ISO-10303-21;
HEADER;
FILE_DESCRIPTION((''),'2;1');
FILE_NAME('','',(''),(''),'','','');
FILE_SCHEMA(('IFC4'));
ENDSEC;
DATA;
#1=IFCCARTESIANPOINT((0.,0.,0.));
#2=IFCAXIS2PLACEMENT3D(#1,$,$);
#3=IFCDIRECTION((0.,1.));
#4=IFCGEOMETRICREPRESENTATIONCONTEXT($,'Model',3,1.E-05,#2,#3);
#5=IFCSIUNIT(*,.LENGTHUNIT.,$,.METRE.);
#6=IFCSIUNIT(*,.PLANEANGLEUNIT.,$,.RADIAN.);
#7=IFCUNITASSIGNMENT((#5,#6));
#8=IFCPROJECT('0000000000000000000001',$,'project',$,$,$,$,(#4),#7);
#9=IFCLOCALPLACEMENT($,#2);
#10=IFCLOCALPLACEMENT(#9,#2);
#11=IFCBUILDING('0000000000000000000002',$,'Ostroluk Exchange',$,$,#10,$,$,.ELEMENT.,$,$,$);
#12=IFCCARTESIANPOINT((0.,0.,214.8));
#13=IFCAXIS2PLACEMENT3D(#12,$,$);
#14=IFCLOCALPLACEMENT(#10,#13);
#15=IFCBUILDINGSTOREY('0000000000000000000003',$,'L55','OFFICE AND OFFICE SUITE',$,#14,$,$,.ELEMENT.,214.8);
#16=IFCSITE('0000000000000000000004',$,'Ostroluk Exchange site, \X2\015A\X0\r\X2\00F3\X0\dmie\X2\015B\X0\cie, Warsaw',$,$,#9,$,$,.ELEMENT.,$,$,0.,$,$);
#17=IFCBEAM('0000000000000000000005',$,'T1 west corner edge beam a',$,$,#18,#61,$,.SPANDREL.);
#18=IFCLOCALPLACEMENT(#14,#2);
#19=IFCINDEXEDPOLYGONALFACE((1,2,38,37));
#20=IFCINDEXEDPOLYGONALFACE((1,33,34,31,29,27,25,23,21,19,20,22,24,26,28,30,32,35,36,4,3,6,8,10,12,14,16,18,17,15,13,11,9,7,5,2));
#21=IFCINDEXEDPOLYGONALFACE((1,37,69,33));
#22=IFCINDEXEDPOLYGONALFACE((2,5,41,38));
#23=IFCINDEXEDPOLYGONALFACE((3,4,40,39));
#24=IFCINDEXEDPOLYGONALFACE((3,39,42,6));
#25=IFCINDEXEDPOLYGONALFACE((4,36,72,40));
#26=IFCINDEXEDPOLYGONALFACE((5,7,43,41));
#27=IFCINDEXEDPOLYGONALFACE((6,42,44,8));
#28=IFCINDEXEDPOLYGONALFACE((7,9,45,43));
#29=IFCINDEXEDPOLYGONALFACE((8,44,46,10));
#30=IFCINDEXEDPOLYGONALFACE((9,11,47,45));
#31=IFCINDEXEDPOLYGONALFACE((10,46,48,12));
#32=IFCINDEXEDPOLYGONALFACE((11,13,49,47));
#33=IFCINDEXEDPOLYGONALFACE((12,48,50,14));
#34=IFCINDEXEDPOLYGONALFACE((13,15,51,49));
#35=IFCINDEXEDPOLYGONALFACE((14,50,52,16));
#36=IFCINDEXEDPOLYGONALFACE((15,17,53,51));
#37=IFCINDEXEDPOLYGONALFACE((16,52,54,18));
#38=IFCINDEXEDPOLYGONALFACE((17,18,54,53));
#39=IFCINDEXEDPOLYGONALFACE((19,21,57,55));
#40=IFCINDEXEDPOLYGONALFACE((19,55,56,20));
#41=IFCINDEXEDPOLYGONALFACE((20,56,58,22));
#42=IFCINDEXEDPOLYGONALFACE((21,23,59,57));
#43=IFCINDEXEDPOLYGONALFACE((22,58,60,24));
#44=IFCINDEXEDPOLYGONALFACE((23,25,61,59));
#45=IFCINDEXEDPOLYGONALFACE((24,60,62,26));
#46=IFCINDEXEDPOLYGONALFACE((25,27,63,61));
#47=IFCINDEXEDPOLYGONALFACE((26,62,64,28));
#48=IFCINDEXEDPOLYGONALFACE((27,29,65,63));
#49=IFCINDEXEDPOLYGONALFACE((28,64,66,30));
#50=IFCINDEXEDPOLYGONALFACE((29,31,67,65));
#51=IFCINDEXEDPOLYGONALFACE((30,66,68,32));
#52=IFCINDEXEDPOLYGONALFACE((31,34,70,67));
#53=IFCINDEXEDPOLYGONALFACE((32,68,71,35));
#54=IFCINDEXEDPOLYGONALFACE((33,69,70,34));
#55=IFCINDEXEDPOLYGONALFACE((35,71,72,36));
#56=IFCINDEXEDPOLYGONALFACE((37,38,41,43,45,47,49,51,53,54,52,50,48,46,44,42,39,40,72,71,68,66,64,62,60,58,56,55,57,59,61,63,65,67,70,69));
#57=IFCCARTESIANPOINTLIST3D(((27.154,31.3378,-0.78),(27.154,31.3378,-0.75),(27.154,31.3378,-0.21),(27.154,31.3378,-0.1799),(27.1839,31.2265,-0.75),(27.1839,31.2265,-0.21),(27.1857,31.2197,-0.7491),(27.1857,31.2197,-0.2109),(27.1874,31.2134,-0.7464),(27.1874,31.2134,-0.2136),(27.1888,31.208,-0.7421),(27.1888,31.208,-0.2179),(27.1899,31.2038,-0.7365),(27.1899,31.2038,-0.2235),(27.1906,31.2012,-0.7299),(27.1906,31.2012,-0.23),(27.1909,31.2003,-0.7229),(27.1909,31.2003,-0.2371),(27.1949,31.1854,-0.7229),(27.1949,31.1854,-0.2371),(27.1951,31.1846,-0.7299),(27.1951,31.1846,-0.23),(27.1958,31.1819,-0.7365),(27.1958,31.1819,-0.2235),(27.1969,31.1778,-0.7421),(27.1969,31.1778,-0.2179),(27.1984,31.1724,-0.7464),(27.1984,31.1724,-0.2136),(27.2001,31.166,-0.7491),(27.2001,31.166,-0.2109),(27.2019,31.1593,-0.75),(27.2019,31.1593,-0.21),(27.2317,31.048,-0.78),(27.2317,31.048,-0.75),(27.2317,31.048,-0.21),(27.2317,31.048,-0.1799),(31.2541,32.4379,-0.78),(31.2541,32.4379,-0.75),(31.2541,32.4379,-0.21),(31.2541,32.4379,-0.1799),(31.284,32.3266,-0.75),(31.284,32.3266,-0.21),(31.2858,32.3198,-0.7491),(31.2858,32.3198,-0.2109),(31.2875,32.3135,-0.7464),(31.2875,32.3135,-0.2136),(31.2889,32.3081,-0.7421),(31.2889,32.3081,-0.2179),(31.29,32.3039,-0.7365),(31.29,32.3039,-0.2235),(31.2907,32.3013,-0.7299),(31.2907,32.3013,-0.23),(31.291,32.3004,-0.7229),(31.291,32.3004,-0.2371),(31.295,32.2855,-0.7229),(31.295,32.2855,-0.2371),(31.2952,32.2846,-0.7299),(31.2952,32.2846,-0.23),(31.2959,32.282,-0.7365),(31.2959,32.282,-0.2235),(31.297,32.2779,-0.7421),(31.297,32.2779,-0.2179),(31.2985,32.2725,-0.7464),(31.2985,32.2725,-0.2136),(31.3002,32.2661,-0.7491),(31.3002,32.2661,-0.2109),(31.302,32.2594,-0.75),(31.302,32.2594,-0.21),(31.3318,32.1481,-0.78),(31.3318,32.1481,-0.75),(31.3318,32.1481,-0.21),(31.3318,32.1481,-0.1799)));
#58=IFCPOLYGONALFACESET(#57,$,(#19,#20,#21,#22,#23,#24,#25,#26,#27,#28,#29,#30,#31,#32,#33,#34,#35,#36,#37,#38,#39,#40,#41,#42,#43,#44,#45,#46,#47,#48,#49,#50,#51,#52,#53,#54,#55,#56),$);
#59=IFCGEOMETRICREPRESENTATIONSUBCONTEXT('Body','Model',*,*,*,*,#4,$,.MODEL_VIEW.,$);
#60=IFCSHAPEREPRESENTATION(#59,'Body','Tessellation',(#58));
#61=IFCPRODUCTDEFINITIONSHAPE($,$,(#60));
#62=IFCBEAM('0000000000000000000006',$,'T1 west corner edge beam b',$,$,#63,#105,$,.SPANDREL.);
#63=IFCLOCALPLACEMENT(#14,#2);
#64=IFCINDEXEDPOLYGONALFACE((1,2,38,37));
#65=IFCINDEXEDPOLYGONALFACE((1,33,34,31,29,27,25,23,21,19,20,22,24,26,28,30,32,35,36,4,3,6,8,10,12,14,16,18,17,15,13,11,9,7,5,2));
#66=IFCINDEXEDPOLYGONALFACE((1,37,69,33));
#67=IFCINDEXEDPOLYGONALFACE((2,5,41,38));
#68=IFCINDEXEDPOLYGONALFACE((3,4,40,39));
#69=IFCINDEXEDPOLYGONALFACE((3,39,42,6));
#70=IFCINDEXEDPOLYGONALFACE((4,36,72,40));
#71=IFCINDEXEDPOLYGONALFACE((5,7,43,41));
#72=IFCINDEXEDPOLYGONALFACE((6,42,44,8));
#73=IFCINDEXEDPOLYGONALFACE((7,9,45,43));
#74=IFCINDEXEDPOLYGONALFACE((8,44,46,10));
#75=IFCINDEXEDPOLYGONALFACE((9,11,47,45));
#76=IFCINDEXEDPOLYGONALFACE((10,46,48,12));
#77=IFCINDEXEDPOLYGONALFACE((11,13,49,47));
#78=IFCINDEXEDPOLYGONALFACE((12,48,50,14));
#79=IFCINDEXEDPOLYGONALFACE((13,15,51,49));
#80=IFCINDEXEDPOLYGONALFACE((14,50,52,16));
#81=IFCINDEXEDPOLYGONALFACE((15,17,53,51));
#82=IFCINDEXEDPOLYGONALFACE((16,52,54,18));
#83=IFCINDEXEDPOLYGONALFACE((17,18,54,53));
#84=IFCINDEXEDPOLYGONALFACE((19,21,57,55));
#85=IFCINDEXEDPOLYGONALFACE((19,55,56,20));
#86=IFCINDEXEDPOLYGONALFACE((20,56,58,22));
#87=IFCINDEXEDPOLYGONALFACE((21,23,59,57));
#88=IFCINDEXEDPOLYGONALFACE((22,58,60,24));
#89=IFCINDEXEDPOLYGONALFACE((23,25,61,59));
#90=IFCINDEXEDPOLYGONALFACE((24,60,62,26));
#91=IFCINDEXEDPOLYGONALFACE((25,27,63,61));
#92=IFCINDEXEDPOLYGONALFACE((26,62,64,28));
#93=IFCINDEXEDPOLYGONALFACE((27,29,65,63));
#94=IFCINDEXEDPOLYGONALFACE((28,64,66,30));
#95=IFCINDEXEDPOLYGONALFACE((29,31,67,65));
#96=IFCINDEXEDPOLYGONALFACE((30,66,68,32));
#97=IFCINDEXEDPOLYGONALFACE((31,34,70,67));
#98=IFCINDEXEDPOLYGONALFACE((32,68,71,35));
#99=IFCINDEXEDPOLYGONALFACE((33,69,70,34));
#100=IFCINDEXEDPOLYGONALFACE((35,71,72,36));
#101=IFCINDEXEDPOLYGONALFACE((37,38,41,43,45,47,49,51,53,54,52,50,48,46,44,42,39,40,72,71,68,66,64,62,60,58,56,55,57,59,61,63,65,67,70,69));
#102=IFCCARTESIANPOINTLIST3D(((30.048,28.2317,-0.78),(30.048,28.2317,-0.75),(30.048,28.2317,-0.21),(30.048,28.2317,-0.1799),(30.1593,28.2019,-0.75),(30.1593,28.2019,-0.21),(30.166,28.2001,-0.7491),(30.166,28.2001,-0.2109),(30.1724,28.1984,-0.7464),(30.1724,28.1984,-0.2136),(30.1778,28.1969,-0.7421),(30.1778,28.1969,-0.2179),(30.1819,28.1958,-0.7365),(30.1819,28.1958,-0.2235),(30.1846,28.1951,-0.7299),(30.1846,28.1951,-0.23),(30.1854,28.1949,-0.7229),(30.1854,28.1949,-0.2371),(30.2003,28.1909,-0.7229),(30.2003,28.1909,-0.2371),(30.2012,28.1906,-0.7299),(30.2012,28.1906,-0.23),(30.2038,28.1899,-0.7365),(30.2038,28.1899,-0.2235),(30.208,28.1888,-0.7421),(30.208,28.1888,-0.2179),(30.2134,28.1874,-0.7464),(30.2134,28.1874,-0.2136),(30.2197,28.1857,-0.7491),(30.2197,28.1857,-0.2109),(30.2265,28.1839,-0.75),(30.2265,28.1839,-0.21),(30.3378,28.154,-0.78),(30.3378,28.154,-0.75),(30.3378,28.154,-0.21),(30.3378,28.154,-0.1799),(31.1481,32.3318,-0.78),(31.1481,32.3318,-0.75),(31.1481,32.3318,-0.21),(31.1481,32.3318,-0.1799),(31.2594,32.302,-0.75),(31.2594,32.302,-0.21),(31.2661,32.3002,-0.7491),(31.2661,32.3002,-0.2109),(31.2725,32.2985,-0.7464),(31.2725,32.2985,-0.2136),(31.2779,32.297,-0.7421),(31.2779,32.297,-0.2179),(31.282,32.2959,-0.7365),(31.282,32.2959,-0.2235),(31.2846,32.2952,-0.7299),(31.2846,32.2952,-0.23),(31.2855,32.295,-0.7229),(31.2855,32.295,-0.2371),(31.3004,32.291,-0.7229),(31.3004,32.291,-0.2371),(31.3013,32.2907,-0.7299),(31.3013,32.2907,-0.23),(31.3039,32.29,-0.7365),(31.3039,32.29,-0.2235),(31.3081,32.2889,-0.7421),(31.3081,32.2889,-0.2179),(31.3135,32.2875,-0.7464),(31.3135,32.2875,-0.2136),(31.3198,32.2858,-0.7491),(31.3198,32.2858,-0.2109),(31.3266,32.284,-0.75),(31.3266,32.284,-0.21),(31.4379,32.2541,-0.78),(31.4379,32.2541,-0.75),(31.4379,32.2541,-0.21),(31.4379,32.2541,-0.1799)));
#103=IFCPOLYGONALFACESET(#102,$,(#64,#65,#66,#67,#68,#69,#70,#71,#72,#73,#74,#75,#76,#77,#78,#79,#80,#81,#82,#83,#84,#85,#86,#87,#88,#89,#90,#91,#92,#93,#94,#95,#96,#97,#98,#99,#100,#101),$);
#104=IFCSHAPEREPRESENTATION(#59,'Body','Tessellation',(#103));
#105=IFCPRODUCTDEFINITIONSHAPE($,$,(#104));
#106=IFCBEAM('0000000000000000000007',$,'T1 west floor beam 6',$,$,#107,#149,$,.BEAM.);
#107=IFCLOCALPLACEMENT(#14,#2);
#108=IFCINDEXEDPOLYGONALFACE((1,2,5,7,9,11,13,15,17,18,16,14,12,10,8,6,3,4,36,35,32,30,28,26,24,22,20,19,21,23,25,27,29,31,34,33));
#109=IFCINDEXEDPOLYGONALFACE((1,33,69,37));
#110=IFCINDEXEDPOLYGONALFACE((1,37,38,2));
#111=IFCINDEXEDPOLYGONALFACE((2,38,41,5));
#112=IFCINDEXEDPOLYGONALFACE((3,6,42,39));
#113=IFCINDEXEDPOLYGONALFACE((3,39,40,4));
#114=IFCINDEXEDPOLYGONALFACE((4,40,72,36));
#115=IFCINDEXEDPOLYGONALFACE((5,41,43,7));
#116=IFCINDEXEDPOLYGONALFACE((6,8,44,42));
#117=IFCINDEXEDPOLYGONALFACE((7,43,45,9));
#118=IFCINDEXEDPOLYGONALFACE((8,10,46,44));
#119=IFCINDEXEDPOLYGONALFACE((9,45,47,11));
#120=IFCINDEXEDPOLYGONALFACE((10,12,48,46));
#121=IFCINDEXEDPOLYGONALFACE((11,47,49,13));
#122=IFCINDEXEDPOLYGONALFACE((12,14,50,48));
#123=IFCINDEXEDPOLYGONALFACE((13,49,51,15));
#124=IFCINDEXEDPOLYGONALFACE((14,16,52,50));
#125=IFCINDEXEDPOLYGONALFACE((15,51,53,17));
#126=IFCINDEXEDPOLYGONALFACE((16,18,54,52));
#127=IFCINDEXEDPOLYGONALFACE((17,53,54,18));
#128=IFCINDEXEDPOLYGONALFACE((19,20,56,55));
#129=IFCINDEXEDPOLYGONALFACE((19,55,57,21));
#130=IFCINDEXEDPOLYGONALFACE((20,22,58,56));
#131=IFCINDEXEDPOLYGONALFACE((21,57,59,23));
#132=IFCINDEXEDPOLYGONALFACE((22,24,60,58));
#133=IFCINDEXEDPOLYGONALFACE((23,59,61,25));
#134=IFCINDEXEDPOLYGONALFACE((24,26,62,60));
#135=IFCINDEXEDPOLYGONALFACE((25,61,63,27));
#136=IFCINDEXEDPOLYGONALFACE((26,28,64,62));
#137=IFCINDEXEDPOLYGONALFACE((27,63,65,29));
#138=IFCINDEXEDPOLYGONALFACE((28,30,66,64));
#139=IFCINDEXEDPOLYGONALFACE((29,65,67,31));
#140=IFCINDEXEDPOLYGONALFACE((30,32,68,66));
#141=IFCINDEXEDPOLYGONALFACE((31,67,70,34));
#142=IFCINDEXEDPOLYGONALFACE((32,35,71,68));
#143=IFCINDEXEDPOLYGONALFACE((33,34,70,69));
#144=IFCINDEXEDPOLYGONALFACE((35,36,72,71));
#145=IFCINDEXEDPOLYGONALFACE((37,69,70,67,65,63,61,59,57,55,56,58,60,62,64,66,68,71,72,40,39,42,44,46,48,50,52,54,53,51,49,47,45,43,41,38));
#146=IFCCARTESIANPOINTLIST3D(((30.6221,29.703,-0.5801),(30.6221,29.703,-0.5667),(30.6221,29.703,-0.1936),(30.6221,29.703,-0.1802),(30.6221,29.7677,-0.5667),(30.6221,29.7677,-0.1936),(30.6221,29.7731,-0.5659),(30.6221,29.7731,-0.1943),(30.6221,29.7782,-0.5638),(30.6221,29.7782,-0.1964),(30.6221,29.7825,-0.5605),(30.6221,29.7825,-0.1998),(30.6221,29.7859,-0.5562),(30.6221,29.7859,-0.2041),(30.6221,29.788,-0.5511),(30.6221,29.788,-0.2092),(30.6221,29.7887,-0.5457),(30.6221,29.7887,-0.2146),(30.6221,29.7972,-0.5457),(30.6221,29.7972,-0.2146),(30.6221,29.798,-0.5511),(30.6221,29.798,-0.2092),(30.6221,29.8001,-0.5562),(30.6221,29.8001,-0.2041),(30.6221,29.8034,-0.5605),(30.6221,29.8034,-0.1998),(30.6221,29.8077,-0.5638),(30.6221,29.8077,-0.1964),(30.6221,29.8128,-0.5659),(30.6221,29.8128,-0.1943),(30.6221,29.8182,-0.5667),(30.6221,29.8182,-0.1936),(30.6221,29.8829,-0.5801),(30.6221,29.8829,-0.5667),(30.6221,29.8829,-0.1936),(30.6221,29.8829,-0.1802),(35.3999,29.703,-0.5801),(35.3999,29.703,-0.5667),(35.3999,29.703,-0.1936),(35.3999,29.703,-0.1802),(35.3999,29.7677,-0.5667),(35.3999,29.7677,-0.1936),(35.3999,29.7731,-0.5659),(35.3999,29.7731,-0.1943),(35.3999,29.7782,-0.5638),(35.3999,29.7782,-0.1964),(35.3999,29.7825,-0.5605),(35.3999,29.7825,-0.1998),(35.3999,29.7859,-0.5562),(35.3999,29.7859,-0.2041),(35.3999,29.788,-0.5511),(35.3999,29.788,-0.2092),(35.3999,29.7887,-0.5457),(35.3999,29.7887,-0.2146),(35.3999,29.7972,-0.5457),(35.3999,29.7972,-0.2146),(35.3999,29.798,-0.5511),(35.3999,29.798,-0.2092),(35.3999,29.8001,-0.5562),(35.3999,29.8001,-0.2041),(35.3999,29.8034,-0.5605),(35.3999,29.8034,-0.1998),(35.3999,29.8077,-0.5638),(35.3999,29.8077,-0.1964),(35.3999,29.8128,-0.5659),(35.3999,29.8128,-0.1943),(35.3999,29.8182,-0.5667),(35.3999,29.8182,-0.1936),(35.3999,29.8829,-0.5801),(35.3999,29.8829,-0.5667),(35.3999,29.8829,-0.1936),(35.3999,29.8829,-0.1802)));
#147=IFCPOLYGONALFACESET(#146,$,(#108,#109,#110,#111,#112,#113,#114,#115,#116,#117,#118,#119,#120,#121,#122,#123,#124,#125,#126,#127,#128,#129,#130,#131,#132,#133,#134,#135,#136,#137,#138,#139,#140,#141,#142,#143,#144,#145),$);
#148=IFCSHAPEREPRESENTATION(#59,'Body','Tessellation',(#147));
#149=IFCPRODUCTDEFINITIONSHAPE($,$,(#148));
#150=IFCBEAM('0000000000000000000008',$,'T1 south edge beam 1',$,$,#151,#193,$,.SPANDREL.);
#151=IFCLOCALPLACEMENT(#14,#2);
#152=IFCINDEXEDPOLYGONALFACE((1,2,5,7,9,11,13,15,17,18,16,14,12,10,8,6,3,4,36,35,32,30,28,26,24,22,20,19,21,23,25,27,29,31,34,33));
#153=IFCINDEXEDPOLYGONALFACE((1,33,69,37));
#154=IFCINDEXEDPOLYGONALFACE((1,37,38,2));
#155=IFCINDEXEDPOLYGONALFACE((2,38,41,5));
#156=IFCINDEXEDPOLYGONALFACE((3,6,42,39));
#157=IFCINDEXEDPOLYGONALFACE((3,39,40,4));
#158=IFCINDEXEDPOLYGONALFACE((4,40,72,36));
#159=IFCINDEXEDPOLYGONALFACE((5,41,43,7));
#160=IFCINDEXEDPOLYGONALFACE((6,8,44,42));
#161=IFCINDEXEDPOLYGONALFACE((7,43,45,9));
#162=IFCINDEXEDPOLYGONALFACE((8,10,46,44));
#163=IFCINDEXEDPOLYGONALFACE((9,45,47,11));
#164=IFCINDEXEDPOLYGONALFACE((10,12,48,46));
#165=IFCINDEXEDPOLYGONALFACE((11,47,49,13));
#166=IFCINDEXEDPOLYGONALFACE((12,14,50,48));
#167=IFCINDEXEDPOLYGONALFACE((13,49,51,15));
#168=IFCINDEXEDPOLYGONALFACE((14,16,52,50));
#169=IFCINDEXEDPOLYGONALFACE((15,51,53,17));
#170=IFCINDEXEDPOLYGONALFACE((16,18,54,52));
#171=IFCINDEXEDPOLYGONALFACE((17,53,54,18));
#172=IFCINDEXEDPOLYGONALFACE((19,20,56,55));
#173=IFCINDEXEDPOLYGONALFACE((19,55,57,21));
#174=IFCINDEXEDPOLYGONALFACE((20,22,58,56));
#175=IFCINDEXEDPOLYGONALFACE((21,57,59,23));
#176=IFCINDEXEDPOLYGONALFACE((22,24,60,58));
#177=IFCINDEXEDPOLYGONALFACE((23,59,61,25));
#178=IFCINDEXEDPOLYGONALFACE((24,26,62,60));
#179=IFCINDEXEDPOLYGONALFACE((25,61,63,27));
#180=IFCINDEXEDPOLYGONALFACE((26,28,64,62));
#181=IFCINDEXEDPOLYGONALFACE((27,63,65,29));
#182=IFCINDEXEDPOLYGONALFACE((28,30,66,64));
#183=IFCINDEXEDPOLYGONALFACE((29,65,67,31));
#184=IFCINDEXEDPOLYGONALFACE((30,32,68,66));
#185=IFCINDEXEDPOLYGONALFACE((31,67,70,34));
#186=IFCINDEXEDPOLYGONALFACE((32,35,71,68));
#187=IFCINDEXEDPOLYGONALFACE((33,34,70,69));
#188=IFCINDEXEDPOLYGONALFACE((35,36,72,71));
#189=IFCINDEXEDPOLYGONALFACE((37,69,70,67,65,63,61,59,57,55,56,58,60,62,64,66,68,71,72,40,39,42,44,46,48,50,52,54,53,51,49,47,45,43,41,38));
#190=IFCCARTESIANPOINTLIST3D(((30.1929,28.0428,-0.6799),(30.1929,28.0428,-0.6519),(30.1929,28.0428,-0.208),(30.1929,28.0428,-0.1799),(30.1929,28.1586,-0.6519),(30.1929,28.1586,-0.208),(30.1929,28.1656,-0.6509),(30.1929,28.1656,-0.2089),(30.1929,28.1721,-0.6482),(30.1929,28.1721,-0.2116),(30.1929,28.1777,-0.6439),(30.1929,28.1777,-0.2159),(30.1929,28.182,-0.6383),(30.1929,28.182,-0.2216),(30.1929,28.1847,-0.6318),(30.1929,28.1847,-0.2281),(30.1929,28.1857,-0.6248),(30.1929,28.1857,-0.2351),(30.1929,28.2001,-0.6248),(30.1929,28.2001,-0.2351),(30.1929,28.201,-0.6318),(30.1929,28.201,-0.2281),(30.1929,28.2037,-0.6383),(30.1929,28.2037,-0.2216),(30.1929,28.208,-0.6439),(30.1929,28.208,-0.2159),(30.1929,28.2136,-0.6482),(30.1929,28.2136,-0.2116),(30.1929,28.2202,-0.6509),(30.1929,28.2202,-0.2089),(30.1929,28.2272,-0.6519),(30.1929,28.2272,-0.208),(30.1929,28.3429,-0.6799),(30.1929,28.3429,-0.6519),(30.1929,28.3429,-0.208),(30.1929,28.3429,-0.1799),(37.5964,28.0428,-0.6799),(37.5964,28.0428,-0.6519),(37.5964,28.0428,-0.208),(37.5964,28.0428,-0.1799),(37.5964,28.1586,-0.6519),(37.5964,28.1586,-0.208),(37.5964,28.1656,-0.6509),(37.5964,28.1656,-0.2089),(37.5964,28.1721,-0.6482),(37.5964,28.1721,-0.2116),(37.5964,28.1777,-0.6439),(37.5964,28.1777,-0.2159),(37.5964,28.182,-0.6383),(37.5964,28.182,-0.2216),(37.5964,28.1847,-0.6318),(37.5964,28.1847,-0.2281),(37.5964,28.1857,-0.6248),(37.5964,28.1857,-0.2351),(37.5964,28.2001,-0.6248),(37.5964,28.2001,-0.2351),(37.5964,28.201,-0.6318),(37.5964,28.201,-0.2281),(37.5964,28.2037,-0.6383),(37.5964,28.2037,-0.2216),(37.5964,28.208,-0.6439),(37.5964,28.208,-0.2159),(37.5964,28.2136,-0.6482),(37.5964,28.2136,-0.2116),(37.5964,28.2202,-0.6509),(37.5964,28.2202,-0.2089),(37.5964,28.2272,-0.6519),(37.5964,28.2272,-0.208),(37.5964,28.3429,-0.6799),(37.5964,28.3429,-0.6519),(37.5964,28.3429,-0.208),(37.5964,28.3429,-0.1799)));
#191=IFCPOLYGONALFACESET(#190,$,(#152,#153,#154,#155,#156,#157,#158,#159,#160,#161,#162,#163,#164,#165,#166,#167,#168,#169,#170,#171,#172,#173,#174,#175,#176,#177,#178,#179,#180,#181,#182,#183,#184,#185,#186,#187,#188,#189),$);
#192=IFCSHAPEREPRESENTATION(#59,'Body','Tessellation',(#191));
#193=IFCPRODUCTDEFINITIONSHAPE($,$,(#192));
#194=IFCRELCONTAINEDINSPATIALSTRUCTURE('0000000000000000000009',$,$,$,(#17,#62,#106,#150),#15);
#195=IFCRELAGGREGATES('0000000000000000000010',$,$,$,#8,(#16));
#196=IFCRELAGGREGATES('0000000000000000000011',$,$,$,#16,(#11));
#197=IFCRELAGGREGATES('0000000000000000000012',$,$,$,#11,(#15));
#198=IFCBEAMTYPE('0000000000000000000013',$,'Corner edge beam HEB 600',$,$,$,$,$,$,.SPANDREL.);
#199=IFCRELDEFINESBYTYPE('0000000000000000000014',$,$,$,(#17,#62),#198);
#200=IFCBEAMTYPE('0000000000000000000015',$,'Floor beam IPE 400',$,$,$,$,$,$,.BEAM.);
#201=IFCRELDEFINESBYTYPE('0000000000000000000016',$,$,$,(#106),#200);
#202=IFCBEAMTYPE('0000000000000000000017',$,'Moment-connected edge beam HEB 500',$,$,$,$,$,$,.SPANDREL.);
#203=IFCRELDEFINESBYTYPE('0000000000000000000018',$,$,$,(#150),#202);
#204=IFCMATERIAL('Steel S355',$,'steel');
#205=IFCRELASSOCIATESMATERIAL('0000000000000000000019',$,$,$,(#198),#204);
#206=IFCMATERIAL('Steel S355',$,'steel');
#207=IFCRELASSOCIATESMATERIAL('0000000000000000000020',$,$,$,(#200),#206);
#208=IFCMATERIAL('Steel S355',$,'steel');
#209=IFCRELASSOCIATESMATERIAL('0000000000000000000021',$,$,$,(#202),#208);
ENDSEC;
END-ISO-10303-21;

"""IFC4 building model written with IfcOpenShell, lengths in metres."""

from ifc_helpers import new_model, si_unit, direction, frame, origin, origin_2d, place, context, subcontext, project, spatial, i_section, extrude, material, material_profile, profile_set, type_object, element, save


model = new_model("IFC4")

# Units and contexts
model_context = context("Model", 3, precision=1e-05, world=origin(), true_north=direction((0.0, 1.0)))
body_context = subcontext(model_context, "Body", "Model", "MODEL_VIEW")
ifc_project = project(units=[si_unit("LENGTHUNIT", "METRE"), si_unit("PLANEANGLEUNIT", "RADIAN")], contexts=[model_context])

# Site, building, storey
site_placement = place(None, origin())
site = spatial("IfcSite", under=ifc_project, at=site_placement, Name="Ostroluk Exchange site, Śródmieście, Warsaw", CompositionType="ELEMENT", RefElevation=0.0)
building_placement = place(site_placement, origin())
building = spatial("IfcBuilding", under=site, at=building_placement, Name="Ostroluk Exchange", CompositionType="ELEMENT")
storey_placement = place(building_placement, frame((0.0, 0.0, 214.8)))
storey = spatial("IfcBuildingStorey", under=building, at=storey_placement, Name="L55", Description="OFFICE AND OFFICE SUITE", CompositionType="ELEMENT", Elevation=214.8)

# Beams
ifc_material_1 = material(Name="Steel S355", Category="steel")
ifc_material_profile_1 = material_profile(ifc_material_1, i_section(OverallWidth=0.3, OverallDepth=0.6001, WebThickness=0.0154, FlangeThickness=0.03, FilletRadius=0.0271, at=origin_2d()), Name="HEB 600")
ifc_profile_set_1 = profile_set([ifc_material_profile_1], Name="Steel S355")
beam_type_1 = type_object("IfcBeamType", Name="Corner edge beam HEB 600", PredefinedType="SPANDREL", material=ifc_profile_set_1)
for number, where, z_axis, x_axis, name in (
    (1, (31.293, 32.293, -0.48), (-0.965839, -0.259144, 0.0), (0.259144, -0.965839, 0.0), "T1 west corner edge beam a"),
    (2, (31.293, 32.293, -0.48), (-0.259144, -0.965839, 0.0), (0.965839, -0.259144, 0.0), "T1 west corner edge beam b"),
):
    element("IfcBeam", number, at=place(storey_placement, frame(where, z_axis=z_axis, x_axis=x_axis)), inside=storey, type_object=beam_type_1, Name=name, PredefinedType="SPANDREL", context=body_context, shape_type="SweptSolid", body=[
        extrude(i_section(OverallWidth=0.3, OverallDepth=0.6001, WebThickness=0.0154, FlangeThickness=0.03, FilletRadius=0.0271, at=origin_2d()), origin(), (0.0, 0.0, 1.0), 4.2451),
    ])
ifc_material_2 = material(Name="Steel S355", Category="steel")
ifc_material_profile_2 = material_profile(ifc_material_2, i_section(OverallWidth=0.1799, OverallDepth=0.3999, WebThickness=0.0085, FlangeThickness=0.0134, FilletRadius=0.021, at=origin_2d()), Name="IPE 400")
ifc_profile_set_2 = profile_set([ifc_material_profile_2], Name="Steel S355")
beam_type_2 = type_object("IfcBeamType", Name="Floor beam IPE 400", PredefinedType="BEAM", material=ifc_profile_set_2)
beam_1_placement = place(storey_placement, frame((35.3999, 29.793, -0.3801), z_axis=(-1.0, 0.0, 0.0), x_axis=(0.0, -1.0, 0.0)))
element("IfcBeam", 3, at=beam_1_placement, inside=storey, type_object=beam_type_2, Name="T1 west floor beam 6", PredefinedType="BEAM", context=body_context, shape_type="SweptSolid", body=[
    extrude(i_section(OverallWidth=0.1799, OverallDepth=0.3999, WebThickness=0.0085, FlangeThickness=0.0134, FilletRadius=0.021, at=origin_2d()), origin(), (0.0, 0.0, 1.0), 4.7778),
])
ifc_material_3 = material(Name="Steel S355", Category="steel")
ifc_material_profile_3 = material_profile(ifc_material_3, i_section(OverallWidth=0.3, OverallDepth=0.5, WebThickness=0.0144, FlangeThickness=0.0281, FilletRadius=0.0271, at=origin_2d()), Name="HEB 500")
ifc_profile_set_3 = profile_set([ifc_material_profile_3], Name="Steel S355")
beam_type_3 = type_object("IfcBeamType", Name="Moment-connected edge beam HEB 500", PredefinedType="SPANDREL", material=ifc_profile_set_3)
for number, where, z_axis, x_axis, name in (
    (4, (30.1929, 28.1929, -0.4299), (1.0, 0.0, 0.0), (0.0, 1.0, 0.0), "T1 south edge beam 1"),
):
    element("IfcBeam", number, at=place(storey_placement, frame(where, z_axis=z_axis, x_axis=x_axis)), inside=storey, type_object=beam_type_3, Name=name, PredefinedType="SPANDREL", context=body_context, shape_type="SweptSolid", body=[
        extrude(i_section(OverallWidth=0.3, OverallDepth=0.5, WebThickness=0.0144, FlangeThickness=0.0281, FilletRadius=0.0271, at=origin_2d()), origin(), (0.0, 0.0, 1.0), 7.4036),
    ])

save(model, "model.ifc")
